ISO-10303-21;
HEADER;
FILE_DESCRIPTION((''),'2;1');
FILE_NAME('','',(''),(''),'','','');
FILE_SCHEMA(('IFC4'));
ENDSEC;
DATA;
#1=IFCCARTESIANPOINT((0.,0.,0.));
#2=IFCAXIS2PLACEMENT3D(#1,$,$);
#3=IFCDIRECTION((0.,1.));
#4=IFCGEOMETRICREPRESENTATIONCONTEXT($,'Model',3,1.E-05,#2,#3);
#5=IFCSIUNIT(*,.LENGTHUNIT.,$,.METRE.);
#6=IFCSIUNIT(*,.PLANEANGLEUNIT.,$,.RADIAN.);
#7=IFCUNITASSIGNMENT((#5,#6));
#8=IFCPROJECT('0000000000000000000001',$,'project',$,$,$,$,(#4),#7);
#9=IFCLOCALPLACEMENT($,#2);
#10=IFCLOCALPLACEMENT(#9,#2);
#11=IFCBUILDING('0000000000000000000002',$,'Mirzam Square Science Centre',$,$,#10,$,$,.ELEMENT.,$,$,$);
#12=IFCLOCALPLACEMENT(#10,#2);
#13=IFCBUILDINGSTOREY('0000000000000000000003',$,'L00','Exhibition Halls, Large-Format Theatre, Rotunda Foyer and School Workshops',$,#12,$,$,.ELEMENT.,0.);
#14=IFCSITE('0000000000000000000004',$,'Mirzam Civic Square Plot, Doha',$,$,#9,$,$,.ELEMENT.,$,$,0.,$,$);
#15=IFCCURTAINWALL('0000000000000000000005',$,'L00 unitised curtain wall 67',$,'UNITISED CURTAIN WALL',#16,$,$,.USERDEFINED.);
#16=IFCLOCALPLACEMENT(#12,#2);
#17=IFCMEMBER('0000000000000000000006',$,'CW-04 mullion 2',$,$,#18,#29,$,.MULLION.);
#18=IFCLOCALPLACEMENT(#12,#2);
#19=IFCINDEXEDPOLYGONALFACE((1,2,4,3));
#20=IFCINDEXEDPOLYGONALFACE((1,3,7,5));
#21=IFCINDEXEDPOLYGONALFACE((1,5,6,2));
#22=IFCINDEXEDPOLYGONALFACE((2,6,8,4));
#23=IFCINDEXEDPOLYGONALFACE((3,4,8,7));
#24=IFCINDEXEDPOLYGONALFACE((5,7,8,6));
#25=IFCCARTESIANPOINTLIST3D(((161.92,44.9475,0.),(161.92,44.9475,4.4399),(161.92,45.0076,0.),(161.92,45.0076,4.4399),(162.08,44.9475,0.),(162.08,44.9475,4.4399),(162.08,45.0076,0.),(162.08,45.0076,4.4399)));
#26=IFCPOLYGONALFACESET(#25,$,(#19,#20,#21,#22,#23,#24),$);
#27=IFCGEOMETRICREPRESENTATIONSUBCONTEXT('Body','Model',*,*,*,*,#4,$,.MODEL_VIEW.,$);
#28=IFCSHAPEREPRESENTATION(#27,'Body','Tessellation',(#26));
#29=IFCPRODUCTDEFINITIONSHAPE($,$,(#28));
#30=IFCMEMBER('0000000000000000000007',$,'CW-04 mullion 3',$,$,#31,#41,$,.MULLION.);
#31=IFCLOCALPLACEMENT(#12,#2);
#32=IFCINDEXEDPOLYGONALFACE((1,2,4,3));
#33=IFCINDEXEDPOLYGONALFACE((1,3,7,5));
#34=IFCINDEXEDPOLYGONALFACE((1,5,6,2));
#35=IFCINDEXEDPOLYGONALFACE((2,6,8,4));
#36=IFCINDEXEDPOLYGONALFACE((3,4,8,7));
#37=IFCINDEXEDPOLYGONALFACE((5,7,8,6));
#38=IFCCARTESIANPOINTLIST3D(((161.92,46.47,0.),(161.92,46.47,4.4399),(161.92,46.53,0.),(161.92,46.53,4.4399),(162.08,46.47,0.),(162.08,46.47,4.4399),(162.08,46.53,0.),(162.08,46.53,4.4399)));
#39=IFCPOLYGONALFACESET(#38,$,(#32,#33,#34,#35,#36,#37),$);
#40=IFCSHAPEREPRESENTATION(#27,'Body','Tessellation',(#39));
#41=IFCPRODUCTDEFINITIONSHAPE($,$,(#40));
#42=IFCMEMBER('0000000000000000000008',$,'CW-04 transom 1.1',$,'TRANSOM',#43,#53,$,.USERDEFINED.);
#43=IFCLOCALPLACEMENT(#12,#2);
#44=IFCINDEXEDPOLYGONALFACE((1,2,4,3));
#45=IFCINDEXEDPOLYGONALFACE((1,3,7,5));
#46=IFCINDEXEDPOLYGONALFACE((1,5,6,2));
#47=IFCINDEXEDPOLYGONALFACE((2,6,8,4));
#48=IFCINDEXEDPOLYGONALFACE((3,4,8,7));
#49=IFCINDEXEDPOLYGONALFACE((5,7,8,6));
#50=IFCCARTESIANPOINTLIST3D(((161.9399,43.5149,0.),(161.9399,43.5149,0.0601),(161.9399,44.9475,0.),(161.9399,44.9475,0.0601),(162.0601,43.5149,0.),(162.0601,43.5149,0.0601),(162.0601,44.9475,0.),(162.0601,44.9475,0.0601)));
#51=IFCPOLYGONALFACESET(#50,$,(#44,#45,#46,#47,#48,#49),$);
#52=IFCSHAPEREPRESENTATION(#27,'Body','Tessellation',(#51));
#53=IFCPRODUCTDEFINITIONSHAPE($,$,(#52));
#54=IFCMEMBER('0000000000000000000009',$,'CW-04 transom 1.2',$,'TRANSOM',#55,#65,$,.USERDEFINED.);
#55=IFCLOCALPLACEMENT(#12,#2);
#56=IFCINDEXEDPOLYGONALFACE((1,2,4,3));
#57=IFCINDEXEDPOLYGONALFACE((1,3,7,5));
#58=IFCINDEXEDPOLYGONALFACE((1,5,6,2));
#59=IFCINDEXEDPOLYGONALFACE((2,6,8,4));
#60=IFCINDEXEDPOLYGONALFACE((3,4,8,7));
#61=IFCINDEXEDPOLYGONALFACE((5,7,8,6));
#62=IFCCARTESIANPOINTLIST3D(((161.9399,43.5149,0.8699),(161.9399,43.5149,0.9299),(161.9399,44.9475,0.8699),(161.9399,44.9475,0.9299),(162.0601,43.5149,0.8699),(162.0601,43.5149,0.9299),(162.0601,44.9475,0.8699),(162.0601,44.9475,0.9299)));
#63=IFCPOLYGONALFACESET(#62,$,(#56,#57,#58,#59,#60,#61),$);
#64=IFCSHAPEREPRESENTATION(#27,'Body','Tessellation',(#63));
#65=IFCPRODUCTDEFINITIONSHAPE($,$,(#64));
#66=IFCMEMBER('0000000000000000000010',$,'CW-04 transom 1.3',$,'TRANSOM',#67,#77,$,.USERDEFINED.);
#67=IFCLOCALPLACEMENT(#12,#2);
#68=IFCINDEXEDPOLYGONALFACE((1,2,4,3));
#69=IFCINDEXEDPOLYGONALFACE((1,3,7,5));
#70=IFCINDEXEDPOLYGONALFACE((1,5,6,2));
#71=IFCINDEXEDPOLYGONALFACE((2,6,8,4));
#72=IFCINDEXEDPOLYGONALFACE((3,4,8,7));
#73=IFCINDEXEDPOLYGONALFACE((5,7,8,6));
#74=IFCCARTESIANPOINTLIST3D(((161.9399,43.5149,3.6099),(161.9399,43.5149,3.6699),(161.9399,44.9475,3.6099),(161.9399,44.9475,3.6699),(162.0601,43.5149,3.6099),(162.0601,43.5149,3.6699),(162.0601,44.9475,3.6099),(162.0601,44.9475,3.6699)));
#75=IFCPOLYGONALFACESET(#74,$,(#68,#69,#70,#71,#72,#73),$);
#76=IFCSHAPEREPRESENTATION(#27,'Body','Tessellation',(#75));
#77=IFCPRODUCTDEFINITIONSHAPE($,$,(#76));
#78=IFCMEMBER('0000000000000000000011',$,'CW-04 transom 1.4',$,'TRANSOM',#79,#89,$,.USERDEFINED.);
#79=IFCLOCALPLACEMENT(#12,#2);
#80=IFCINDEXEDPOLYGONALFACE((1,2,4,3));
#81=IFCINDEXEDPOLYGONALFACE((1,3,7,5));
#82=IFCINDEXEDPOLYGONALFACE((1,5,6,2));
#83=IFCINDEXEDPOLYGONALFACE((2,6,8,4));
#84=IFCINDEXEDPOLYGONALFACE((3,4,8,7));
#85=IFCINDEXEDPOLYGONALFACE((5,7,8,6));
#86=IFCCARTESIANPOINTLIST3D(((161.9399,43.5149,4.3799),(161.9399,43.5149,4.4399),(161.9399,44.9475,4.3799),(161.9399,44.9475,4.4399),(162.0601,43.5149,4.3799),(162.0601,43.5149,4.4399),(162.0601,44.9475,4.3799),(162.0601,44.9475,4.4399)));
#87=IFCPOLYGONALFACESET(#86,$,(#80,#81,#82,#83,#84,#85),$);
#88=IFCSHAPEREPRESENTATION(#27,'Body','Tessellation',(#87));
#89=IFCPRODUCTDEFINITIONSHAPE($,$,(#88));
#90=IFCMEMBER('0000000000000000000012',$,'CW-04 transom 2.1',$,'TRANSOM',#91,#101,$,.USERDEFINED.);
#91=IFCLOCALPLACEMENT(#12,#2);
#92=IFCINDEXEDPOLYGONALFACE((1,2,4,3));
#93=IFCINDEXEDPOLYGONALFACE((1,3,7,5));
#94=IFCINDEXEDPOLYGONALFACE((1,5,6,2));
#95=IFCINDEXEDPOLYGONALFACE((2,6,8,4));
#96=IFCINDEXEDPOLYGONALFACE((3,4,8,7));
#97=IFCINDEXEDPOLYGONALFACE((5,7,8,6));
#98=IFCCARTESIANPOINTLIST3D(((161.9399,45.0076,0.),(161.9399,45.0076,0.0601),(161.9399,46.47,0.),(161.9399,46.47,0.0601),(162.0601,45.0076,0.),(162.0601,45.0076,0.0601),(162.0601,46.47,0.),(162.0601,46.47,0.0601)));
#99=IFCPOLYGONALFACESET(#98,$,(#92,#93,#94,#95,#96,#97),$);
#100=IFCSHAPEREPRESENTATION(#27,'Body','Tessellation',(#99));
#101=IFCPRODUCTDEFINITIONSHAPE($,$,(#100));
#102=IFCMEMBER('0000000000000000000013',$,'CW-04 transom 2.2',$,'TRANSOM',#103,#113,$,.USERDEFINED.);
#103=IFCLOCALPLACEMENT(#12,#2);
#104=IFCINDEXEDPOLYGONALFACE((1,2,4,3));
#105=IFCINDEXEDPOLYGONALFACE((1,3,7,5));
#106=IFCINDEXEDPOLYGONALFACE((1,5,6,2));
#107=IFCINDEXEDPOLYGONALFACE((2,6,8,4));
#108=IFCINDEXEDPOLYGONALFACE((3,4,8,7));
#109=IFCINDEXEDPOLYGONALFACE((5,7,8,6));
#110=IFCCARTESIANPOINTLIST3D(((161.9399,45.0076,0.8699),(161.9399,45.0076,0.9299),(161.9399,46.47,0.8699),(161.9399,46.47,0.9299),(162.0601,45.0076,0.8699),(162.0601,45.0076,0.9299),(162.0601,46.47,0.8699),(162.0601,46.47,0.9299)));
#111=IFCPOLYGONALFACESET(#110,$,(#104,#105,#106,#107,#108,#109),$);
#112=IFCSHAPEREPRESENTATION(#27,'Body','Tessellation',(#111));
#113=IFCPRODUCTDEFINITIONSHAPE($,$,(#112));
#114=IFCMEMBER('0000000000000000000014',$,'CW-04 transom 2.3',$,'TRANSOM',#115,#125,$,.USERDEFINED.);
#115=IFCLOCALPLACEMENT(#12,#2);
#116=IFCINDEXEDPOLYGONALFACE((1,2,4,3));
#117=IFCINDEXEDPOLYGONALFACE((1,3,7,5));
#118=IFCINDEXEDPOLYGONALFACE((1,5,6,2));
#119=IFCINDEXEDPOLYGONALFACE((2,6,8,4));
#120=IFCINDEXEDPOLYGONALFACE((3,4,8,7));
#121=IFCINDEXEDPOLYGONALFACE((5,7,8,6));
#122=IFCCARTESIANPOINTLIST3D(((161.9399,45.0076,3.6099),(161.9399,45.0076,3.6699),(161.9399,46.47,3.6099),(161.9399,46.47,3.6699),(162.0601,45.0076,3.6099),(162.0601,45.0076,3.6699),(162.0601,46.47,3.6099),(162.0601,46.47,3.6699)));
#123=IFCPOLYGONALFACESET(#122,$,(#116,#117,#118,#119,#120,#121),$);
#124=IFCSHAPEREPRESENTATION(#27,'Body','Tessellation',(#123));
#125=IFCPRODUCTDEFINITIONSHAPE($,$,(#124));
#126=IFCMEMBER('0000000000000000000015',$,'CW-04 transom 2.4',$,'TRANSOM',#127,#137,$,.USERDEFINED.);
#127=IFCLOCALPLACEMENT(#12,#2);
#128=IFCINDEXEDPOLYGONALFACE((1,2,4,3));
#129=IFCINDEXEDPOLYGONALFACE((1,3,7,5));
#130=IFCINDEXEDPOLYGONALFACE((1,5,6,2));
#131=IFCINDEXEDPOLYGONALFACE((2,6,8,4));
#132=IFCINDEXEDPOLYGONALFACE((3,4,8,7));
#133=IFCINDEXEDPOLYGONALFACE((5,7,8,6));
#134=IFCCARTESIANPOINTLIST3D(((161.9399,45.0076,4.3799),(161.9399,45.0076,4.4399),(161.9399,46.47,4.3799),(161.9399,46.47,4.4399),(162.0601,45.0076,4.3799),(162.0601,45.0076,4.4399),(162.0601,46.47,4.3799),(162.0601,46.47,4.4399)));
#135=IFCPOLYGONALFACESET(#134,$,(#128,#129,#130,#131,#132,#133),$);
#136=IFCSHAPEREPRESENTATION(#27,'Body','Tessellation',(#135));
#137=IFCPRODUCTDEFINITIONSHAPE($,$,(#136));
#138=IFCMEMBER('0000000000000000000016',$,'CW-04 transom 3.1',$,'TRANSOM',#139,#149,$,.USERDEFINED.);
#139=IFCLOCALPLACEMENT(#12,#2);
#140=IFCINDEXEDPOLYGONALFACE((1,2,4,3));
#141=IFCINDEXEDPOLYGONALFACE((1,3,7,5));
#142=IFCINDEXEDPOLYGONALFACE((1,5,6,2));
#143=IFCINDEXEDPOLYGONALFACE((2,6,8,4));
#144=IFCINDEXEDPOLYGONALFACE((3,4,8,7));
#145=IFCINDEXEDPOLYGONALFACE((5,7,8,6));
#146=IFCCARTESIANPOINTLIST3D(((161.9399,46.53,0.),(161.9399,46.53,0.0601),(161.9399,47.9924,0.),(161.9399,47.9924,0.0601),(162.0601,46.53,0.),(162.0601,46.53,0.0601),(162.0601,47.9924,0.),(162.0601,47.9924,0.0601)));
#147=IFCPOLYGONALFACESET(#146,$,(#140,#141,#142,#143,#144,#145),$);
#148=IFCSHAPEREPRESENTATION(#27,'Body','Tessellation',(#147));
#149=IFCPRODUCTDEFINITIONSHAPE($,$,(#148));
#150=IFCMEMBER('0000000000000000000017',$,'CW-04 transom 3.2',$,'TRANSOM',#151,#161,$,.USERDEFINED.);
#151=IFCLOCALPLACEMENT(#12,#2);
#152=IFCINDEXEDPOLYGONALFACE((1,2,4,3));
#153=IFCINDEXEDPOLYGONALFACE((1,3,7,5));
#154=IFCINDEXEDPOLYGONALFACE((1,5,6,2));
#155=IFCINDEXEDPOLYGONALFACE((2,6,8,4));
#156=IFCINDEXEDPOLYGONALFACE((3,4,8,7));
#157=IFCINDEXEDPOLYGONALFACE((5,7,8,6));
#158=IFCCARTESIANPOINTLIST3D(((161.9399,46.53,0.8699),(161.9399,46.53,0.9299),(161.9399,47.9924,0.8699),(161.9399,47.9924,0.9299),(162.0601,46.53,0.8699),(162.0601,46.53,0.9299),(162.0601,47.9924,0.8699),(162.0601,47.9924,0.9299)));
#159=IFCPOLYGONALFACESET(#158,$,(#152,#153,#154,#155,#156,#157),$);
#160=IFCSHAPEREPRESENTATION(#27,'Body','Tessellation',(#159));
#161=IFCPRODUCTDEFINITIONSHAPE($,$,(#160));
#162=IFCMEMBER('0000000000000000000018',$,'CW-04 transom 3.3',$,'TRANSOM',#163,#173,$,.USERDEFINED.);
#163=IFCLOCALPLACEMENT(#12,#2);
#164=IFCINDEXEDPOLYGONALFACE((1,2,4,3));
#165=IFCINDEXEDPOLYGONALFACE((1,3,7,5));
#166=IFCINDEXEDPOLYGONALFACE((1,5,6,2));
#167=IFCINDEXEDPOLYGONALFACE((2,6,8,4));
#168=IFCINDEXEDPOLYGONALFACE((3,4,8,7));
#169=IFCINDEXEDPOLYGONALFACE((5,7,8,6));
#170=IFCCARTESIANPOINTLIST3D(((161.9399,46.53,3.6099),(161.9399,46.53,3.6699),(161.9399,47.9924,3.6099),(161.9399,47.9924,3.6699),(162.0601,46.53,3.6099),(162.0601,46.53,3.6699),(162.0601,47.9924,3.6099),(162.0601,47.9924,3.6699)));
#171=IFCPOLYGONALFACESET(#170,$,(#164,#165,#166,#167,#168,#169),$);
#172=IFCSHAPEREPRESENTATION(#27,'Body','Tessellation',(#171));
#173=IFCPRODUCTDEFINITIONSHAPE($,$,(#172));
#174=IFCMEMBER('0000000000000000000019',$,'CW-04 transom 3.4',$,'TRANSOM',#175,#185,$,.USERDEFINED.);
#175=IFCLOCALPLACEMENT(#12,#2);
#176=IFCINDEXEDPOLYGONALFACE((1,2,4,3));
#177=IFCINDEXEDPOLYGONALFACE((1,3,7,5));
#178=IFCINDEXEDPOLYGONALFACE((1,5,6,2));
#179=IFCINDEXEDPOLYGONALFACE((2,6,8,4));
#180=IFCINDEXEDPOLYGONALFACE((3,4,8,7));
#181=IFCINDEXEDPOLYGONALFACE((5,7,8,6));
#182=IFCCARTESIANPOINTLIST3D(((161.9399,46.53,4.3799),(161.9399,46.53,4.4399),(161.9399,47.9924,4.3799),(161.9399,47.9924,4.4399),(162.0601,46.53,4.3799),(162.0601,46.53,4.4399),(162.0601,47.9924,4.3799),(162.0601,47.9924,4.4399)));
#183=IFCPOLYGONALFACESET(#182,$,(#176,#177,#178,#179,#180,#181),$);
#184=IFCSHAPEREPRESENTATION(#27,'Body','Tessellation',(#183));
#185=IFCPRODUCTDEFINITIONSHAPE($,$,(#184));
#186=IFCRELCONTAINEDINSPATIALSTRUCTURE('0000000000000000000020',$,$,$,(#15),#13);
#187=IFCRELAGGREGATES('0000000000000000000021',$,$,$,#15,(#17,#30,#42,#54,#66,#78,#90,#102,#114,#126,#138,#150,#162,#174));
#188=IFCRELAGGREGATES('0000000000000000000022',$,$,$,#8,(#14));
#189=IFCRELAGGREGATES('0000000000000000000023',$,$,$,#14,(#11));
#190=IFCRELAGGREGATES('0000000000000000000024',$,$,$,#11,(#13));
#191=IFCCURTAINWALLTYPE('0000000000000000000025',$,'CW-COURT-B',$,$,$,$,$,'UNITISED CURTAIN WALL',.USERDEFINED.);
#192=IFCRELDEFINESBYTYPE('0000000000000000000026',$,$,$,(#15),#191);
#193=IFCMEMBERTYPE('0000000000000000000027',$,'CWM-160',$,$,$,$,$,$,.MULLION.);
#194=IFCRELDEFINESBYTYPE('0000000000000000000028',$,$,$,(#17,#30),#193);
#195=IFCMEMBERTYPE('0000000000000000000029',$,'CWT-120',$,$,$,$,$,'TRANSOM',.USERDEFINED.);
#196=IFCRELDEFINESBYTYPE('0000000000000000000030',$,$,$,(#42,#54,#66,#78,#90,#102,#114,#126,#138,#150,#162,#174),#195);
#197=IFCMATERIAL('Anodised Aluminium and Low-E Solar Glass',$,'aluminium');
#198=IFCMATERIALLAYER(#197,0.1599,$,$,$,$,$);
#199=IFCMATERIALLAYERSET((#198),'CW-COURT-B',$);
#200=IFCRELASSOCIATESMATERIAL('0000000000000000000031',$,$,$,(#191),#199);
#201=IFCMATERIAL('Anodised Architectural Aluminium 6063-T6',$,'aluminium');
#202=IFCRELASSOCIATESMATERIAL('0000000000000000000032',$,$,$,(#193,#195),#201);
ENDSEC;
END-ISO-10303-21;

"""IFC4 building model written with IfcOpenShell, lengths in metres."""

from ifc_helpers import new_model, si_unit, direction, frame, origin, origin_2d, place, context, subcontext, project, spatial, rectangle, extrude, material, layer, layer_set, material_profile, profile_set, type_object, element, aggregate, save


model = new_model("IFC4")

# Units and contexts
model_context = context("Model", 3, precision=1e-05, world=origin(), true_north=direction((0.0, 1.0)))
body_context = subcontext(model_context, "Body", "Model", "MODEL_VIEW")
ifc_project = project(units=[si_unit("LENGTHUNIT", "METRE"), si_unit("PLANEANGLEUNIT", "RADIAN")], contexts=[model_context])

# Site, building, storey
site_placement = place(None, origin())
site = spatial("IfcSite", under=ifc_project, at=site_placement, Name="Mirzam Civic Square Plot, Doha", CompositionType="ELEMENT", RefElevation=0.0)
building_placement = place(site_placement, origin())
building = spatial("IfcBuilding", under=site, at=building_placement, Name="Mirzam Square Science Centre", CompositionType="ELEMENT")
storey_placement = place(building_placement, origin())
storey = spatial("IfcBuildingStorey", under=building, at=storey_placement, Name="L00", Description="Exhibition Halls, Large-Format Theatre, Rotunda Foyer and School Workshops", CompositionType="ELEMENT", Elevation=0.0)

# Curtain wall, members
ifc_material_1 = material(Name="Anodised Aluminium and Low-E Solar Glass", Category="aluminium")
ifc_layer_1 = layer(ifc_material_1, 0.1599)
ifc_layer_set_1 = layer_set([ifc_layer_1], Name="CW-COURT-B")
curtain_wall_type = type_object("IfcCurtainWallType", Name="CW-COURT-B", ElementType="UNITISED CURTAIN WALL", PredefinedType="USERDEFINED", material=ifc_layer_set_1)
curtain_wall_placement = place(storey_placement, origin())
curtain_wall = element("IfcCurtainWall", 1, at=curtain_wall_placement, inside=storey, type_object=curtain_wall_type, Name="L00 unitised curtain wall 67", ObjectType="UNITISED CURTAIN WALL", PredefinedType="USERDEFINED")
ifc_material_2 = material(Name="Anodised Architectural Aluminium 6063-T6", Category="aluminium")
ifc_material_profile_1 = material_profile(ifc_material_2, rectangle(XDim=0.0601, YDim=0.1599, at=origin_2d()), Name="ALU-MULL-160x60x4")
ifc_profile_set_1 = profile_set([ifc_material_profile_1], Name="Anodised Architectural Aluminium 6063-T6")
member_type_1 = type_object("IfcMemberType", Name="CWM-160", PredefinedType="MULLION", material=ifc_profile_set_1)
member_1_placement = place(storey_placement, frame((162.0, 44.9775, 0.0), z_axis=(0.0, 0.0, 1.0), x_axis=(0.0, 1.0, 0.0)))
member_1 = element("IfcMember", 2, at=member_1_placement, type_object=member_type_1, Name="CW-04 mullion 2", PredefinedType="MULLION", context=body_context, shape_type="SweptSolid", body=[
    extrude(rectangle(XDim=0.0601, YDim=0.1599, at=origin_2d()), origin(), (0.0, 0.0, 1.0), 4.4399),
])
member_2_placement = place(storey_placement, frame((162.0, 46.5, 0.0), z_axis=(0.0, 0.0, 1.0), x_axis=(0.0, 1.0, 0.0)))
member_2 = element("IfcMember", 3, at=member_2_placement, type_object=member_type_1, Name="CW-04 mullion 3", PredefinedType="MULLION", context=body_context, shape_type="SweptSolid", body=[
    extrude(rectangle(XDim=0.0601, YDim=0.1599, at=origin_2d()), origin(), (0.0, 0.0, 1.0), 4.4399),
])
ifc_material_profile_2 = material_profile(ifc_material_2, rectangle(XDim=0.1201, YDim=0.0601, at=origin_2d()), Name="ALU-TRAN-120x60x4")
ifc_profile_set_2 = profile_set([ifc_material_profile_2], Name="Anodised Architectural Aluminium 6063-T6")
member_type_2 = type_object("IfcMemberType", Name="CWT-120", ElementType="TRANSOM", PredefinedType="USERDEFINED", material=ifc_profile_set_2)
member_3_placement = place(storey_placement, frame((162.0, 43.5149, 0.03), z_axis=(0.0, 1.0, 0.0), x_axis=(-1.0, 0.0, 0.0)))
member_3 = element("IfcMember", 4, at=member_3_placement, type_object=member_type_2, Name="CW-04 transom 1.1", ObjectType="TRANSOM", PredefinedType="USERDEFINED", context=body_context, shape_type="SweptSolid", body=[
    extrude(rectangle(XDim=0.1201, YDim=0.0601, at=origin_2d()), origin(), (0.0, 0.0, 1.0), 1.4326),
])
member_4_placement = place(storey_placement, frame((162.0, 43.5149, 0.8999), z_axis=(0.0, 1.0, 0.0), x_axis=(-1.0, 0.0, 0.0)))
member_4 = element("IfcMember", 5, at=member_4_placement, type_object=member_type_2, Name="CW-04 transom 1.2", ObjectType="TRANSOM", PredefinedType="USERDEFINED", context=body_context, shape_type="SweptSolid", body=[
    extrude(rectangle(XDim=0.1201, YDim=0.0601, at=origin_2d()), origin(), (0.0, 0.0, 1.0), 1.4326),
])
member_5_placement = place(storey_placement, frame((162.0, 43.5149, 3.6399), z_axis=(0.0, 1.0, 0.0), x_axis=(-1.0, 0.0, 0.0)))
member_5 = element("IfcMember", 6, at=member_5_placement, type_object=member_type_2, Name="CW-04 transom 1.3", ObjectType="TRANSOM", PredefinedType="USERDEFINED", context=body_context, shape_type="SweptSolid", body=[
    extrude(rectangle(XDim=0.1201, YDim=0.0601, at=origin_2d()), origin(), (0.0, 0.0, 1.0), 1.4326),
])
member_6_placement = place(storey_placement, frame((162.0, 43.5149, 4.4099), z_axis=(0.0, 1.0, 0.0), x_axis=(-1.0, 0.0, 0.0)))
member_6 = element("IfcMember", 7, at=member_6_placement, type_object=member_type_2, Name="CW-04 transom 1.4", ObjectType="TRANSOM", PredefinedType="USERDEFINED", context=body_context, shape_type="SweptSolid", body=[
    extrude(rectangle(XDim=0.1201, YDim=0.0601, at=origin_2d()), origin(), (0.0, 0.0, 1.0), 1.4326),
])
member_7_placement = place(storey_placement, frame((162.0, 45.0076, 0.03), z_axis=(0.0, 1.0, 0.0), x_axis=(-1.0, 0.0, 0.0)))
member_7 = element("IfcMember", 8, at=member_7_placement, type_object=member_type_2, Name="CW-04 transom 2.1", ObjectType="TRANSOM", PredefinedType="USERDEFINED", context=body_context, shape_type="SweptSolid", body=[
    extrude(rectangle(XDim=0.1201, YDim=0.0601, at=origin_2d()), origin(), (0.0, 0.0, 1.0), 1.4624),
])
member_8_placement = place(storey_placement, frame((162.0, 45.0076, 0.8999), z_axis=(0.0, 1.0, 0.0), x_axis=(-1.0, 0.0, 0.0)))
member_8 = element("IfcMember", 9, at=member_8_placement, type_object=member_type_2, Name="CW-04 transom 2.2", ObjectType="TRANSOM", PredefinedType="USERDEFINED", context=body_context, shape_type="SweptSolid", body=[
    extrude(rectangle(XDim=0.1201, YDim=0.0601, at=origin_2d()), origin(), (0.0, 0.0, 1.0), 1.4624),
])
member_9_placement = place(storey_placement, frame((162.0, 45.0076, 3.6399), z_axis=(0.0, 1.0, 0.0), x_axis=(-1.0, 0.0, 0.0)))
member_9 = element("IfcMember", 10, at=member_9_placement, type_object=member_type_2, Name="CW-04 transom 2.3", ObjectType="TRANSOM", PredefinedType="USERDEFINED", context=body_context, shape_type="SweptSolid", body=[
    extrude(rectangle(XDim=0.1201, YDim=0.0601, at=origin_2d()), origin(), (0.0, 0.0, 1.0), 1.4624),
])
member_10_placement = place(storey_placement, frame((162.0, 45.0076, 4.4099), z_axis=(0.0, 1.0, 0.0), x_axis=(-1.0, 0.0, 0.0)))
member_10 = element("IfcMember", 11, at=member_10_placement, type_object=member_type_2, Name="CW-04 transom 2.4", ObjectType="TRANSOM", PredefinedType="USERDEFINED", context=body_context, shape_type="SweptSolid", body=[
    extrude(rectangle(XDim=0.1201, YDim=0.0601, at=origin_2d()), origin(), (0.0, 0.0, 1.0), 1.4624),
])
member_11_placement = place(storey_placement, frame((162.0, 46.53, 0.03), z_axis=(0.0, 1.0, 0.0), x_axis=(-1.0, 0.0, 0.0)))
member_11 = element("IfcMember", 12, at=member_11_placement, type_object=member_type_2, Name="CW-04 transom 3.1", ObjectType="TRANSOM", PredefinedType="USERDEFINED", context=body_context, shape_type="SweptSolid", body=[
    extrude(rectangle(XDim=0.1201, YDim=0.0601, at=origin_2d()), origin(), (0.0, 0.0, 1.0), 1.4624),
])
member_12_placement = place(storey_placement, frame((162.0, 46.53, 0.8999), z_axis=(0.0, 1.0, 0.0), x_axis=(-1.0, 0.0, 0.0)))
member_12 = element("IfcMember", 13, at=member_12_placement, type_object=member_type_2, Name="CW-04 transom 3.2", ObjectType="TRANSOM", PredefinedType="USERDEFINED", context=body_context, shape_type="SweptSolid", body=[
    extrude(rectangle(XDim=0.1201, YDim=0.0601, at=origin_2d()), origin(), (0.0, 0.0, 1.0), 1.4624),
])
member_13_placement = place(storey_placement, frame((162.0, 46.53, 3.6399), z_axis=(0.0, 1.0, 0.0), x_axis=(-1.0, 0.0, 0.0)))
member_13 = element("IfcMember", 14, at=member_13_placement, type_object=member_type_2, Name="CW-04 transom 3.3", ObjectType="TRANSOM", PredefinedType="USERDEFINED", context=body_context, shape_type="SweptSolid", body=[
    extrude(rectangle(XDim=0.1201, YDim=0.0601, at=origin_2d()), origin(), (0.0, 0.0, 1.0), 1.4624),
])
member_14_placement = place(storey_placement, frame((162.0, 46.53, 4.4099), z_axis=(0.0, 1.0, 0.0), x_axis=(-1.0, 0.0, 0.0)))
member_14 = element("IfcMember", 15, at=member_14_placement, type_object=member_type_2, Name="CW-04 transom 3.4", ObjectType="TRANSOM", PredefinedType="USERDEFINED", context=body_context, shape_type="SweptSolid", body=[
    extrude(rectangle(XDim=0.1201, YDim=0.0601, at=origin_2d()), origin(), (0.0, 0.0, 1.0), 1.4624),
])
aggregate(curtain_wall, [member_1, member_2, member_3, member_4, member_5, member_6, member_7, member_8, member_9, member_10, member_11, member_12, member_13, member_14])

save(model, "model.ifc")
